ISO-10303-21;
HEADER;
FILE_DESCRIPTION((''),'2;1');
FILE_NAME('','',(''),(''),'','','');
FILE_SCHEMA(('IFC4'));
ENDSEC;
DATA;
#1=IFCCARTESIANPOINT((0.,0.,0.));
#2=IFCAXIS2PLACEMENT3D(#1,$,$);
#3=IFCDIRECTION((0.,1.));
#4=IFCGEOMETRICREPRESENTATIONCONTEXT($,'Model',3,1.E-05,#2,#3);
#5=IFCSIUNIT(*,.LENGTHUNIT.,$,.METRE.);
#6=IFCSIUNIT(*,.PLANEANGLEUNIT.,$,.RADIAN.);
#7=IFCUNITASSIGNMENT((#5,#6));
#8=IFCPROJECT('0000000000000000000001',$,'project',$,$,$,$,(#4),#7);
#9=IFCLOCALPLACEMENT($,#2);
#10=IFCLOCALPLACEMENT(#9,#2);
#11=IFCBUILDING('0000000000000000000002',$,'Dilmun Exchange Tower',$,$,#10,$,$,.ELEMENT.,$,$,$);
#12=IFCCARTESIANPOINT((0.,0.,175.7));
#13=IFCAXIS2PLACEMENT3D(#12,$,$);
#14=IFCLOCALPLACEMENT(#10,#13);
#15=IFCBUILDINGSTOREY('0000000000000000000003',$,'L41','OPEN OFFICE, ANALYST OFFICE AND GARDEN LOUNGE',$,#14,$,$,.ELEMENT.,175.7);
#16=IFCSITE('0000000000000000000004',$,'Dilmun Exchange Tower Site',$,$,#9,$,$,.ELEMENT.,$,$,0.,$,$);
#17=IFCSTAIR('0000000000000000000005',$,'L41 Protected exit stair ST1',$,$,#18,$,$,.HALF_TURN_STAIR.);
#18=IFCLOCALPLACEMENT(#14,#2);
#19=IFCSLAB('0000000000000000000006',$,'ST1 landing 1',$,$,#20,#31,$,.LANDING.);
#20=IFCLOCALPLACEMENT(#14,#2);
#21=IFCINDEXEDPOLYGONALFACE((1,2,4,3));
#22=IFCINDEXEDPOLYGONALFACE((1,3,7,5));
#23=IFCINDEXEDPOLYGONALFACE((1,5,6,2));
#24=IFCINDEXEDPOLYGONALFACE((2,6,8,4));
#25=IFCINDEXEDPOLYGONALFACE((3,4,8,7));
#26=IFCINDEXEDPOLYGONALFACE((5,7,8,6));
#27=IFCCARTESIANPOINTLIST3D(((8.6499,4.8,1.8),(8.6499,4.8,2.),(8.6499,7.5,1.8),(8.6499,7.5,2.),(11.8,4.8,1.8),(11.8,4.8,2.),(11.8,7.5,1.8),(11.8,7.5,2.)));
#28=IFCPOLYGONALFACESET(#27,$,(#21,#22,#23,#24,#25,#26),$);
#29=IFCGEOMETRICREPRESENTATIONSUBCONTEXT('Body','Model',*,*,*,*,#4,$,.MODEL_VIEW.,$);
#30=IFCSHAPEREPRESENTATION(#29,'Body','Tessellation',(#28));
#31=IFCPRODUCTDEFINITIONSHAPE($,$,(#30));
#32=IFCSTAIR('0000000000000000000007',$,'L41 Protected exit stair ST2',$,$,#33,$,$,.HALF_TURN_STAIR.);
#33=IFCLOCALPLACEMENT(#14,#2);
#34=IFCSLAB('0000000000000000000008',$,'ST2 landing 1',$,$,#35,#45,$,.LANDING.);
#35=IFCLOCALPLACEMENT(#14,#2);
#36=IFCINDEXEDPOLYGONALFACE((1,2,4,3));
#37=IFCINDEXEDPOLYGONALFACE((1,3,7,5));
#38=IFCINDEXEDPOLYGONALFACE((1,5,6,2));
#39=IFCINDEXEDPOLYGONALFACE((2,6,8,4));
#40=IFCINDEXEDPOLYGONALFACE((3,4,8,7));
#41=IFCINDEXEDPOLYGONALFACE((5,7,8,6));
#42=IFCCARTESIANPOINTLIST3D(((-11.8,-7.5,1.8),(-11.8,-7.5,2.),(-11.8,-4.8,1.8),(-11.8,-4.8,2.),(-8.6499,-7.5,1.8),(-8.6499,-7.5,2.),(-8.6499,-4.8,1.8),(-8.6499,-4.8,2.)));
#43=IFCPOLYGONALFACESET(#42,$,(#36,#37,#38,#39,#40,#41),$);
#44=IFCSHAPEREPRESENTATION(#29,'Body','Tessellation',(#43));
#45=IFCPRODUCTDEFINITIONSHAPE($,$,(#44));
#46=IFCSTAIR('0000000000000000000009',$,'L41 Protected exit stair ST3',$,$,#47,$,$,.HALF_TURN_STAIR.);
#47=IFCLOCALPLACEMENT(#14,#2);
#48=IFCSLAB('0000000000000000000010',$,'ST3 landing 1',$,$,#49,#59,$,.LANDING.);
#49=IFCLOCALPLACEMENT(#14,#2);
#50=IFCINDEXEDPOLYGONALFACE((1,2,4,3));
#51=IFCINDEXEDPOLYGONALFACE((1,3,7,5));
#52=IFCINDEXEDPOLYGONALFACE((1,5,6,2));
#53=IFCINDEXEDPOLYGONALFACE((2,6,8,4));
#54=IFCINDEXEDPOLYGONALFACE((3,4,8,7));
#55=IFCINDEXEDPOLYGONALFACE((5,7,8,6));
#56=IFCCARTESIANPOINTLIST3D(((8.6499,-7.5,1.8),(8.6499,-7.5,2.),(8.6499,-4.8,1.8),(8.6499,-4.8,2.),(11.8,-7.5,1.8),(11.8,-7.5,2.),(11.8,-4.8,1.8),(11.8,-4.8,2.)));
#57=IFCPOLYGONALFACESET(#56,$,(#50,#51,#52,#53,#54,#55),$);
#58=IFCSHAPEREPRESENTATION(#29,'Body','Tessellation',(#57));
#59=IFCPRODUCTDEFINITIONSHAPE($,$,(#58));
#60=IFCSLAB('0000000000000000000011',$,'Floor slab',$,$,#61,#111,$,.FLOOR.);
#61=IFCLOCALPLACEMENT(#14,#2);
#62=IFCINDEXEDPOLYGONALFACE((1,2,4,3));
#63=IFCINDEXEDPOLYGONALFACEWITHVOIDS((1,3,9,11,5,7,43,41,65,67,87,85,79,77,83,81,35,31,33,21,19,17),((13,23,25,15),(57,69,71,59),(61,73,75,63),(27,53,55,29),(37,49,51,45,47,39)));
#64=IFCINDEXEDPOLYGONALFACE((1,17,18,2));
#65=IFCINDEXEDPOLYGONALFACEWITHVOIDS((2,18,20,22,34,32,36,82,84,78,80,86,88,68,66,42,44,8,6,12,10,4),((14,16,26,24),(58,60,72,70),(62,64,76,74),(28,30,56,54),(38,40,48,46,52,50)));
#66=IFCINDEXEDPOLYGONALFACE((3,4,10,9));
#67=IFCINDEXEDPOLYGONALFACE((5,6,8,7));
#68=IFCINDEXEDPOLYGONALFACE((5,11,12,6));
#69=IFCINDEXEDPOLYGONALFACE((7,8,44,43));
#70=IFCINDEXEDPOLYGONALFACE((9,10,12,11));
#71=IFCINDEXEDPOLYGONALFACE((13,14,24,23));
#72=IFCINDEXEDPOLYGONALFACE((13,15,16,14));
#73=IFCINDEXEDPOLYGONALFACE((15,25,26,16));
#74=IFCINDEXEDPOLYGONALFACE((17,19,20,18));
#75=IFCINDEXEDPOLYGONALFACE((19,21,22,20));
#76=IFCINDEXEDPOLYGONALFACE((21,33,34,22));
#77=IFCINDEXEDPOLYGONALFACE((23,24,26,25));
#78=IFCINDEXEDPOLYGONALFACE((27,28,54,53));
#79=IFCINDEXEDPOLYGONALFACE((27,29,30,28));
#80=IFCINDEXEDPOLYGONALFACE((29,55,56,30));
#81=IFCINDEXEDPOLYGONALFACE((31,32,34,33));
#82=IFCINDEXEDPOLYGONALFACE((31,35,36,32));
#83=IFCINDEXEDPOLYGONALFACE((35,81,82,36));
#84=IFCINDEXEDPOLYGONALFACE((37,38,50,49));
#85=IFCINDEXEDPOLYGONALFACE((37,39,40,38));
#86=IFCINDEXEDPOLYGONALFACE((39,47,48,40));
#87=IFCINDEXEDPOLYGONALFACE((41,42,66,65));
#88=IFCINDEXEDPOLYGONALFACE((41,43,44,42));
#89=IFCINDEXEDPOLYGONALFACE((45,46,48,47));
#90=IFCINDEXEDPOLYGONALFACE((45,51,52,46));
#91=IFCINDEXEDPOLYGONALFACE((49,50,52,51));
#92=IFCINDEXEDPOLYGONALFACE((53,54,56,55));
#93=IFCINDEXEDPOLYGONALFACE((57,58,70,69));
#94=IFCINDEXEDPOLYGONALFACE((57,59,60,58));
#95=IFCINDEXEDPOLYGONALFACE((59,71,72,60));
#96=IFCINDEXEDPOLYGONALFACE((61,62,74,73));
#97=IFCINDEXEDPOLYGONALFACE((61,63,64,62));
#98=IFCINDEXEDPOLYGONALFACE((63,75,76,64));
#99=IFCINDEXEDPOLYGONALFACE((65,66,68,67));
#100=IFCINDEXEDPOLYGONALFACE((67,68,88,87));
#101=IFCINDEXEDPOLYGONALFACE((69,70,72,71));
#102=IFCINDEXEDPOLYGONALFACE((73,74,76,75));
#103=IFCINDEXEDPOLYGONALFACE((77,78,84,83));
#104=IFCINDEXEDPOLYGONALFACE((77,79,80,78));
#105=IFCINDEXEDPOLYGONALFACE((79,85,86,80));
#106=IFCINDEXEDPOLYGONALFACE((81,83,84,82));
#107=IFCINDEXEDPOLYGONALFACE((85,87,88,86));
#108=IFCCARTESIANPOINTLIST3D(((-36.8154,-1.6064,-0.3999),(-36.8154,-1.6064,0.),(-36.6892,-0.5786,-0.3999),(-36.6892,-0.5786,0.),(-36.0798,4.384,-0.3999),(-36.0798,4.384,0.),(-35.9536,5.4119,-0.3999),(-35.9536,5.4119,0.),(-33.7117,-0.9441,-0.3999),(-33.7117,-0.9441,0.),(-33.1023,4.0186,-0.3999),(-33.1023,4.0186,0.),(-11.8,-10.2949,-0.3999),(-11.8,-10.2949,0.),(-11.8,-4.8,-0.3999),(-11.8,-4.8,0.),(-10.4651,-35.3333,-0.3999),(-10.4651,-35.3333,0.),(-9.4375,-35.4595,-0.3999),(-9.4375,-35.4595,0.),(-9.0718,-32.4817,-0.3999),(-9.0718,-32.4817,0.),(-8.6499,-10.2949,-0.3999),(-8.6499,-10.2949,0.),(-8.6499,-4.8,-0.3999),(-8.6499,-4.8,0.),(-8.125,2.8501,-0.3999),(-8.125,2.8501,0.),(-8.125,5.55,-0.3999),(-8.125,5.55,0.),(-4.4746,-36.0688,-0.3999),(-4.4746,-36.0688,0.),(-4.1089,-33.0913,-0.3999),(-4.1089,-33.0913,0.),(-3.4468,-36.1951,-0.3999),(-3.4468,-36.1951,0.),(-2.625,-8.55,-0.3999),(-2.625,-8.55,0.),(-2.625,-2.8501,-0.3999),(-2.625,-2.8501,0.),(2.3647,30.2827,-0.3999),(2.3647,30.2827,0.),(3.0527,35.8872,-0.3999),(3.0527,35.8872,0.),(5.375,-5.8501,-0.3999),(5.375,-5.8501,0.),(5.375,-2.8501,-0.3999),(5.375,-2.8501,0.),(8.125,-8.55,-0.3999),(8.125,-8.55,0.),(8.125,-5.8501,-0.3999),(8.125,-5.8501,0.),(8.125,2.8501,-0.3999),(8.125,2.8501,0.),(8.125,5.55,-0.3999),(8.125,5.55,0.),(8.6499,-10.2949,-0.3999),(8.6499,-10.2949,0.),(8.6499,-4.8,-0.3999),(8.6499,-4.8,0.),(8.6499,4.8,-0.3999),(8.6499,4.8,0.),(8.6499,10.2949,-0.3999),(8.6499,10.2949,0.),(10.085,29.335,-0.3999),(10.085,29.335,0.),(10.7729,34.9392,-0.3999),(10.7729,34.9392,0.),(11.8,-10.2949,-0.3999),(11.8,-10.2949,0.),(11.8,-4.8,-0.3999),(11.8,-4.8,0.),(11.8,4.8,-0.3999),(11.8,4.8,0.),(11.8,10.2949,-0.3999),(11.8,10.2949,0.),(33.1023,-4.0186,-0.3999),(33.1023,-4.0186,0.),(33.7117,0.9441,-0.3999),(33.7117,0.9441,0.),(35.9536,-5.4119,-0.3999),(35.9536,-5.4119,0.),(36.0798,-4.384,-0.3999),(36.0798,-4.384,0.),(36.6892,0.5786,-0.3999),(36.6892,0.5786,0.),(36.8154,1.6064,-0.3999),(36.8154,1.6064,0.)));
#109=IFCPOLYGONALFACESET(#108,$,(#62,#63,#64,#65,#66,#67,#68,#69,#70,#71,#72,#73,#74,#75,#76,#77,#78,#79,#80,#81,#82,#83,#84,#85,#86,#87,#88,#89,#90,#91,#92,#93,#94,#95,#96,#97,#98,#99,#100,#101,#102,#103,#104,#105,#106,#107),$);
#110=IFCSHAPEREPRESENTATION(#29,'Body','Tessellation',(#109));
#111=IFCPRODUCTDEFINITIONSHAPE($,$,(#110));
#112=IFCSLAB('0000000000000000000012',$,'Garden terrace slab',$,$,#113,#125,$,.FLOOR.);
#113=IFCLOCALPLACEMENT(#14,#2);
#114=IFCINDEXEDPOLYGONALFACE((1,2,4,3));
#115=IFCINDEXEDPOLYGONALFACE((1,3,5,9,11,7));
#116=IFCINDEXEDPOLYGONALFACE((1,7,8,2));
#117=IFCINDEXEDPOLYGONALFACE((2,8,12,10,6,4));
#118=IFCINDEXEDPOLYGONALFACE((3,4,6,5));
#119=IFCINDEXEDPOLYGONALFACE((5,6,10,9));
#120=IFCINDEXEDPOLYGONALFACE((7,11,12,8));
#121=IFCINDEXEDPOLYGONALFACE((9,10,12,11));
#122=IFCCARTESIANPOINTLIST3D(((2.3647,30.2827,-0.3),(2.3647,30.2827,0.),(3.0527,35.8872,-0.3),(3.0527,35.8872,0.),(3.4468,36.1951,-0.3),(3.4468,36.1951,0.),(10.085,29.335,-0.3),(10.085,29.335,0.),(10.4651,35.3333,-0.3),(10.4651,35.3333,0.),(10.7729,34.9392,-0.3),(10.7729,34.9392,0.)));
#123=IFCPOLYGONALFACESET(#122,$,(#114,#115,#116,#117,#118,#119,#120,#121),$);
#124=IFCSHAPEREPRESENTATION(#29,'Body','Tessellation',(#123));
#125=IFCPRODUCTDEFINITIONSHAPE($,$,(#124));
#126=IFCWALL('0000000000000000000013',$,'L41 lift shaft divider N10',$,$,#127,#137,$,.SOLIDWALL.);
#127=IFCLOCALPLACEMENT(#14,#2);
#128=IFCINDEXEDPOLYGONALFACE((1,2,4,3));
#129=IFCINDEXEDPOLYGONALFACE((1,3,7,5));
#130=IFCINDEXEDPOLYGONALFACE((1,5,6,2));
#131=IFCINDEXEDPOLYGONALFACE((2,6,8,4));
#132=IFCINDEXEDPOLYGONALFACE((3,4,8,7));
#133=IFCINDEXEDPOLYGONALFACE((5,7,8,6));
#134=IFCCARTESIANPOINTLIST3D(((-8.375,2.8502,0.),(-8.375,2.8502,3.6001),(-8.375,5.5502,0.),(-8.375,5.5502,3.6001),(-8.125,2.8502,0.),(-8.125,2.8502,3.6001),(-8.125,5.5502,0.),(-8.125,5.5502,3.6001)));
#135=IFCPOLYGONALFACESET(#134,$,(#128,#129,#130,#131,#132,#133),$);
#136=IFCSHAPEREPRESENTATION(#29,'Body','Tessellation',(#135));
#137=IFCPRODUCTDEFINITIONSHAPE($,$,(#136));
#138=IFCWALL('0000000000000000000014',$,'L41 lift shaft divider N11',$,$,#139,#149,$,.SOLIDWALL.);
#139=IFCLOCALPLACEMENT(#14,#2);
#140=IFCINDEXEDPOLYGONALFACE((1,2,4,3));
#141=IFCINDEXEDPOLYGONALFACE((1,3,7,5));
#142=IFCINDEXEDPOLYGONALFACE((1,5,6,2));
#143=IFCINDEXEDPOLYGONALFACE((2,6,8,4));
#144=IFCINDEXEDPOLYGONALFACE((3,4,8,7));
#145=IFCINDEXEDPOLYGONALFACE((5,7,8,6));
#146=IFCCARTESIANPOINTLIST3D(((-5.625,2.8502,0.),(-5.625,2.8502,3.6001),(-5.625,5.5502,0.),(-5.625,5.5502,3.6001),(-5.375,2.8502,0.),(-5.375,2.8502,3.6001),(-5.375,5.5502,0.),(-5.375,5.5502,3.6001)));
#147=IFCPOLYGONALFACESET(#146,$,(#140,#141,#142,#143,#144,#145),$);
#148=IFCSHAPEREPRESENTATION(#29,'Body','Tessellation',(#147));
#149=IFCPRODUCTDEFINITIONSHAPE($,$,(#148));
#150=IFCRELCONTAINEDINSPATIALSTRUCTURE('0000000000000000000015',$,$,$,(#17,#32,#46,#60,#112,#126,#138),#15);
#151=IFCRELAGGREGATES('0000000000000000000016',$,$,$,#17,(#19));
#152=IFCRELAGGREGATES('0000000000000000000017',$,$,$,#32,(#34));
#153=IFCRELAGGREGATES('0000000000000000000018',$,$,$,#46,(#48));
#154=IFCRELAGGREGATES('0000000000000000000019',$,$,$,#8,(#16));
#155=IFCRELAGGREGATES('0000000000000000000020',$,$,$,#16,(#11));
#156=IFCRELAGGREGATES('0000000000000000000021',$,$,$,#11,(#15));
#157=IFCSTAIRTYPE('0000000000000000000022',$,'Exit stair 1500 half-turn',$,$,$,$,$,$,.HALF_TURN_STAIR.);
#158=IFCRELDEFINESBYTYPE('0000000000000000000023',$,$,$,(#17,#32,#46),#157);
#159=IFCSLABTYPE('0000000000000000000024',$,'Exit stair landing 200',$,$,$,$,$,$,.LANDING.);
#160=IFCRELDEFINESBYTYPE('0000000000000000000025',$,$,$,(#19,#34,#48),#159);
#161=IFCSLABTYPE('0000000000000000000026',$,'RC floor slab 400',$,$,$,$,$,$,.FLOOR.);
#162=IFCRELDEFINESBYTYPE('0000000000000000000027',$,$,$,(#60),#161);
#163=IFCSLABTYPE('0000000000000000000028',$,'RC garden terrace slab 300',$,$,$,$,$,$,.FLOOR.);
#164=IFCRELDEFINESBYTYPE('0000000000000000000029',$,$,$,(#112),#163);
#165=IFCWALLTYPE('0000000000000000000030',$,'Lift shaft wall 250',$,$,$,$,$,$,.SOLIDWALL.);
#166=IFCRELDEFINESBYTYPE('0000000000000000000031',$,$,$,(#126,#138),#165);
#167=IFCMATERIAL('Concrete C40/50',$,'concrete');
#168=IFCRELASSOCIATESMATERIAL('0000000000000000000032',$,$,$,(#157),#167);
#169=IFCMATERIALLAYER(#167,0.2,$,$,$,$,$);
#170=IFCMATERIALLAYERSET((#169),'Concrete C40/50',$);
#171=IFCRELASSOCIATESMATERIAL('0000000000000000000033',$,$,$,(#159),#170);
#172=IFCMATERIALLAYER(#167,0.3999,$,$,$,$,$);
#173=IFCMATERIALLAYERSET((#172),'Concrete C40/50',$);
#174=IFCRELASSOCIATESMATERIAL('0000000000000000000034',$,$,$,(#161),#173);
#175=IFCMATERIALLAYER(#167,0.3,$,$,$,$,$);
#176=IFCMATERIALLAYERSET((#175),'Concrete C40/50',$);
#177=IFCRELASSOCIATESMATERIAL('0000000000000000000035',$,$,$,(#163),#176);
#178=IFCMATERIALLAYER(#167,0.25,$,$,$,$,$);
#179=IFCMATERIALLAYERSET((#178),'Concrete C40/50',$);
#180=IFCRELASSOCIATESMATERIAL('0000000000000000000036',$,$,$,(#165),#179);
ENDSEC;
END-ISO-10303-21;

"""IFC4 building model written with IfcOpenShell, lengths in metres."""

from ifc_helpers import new_model, si_unit, direction, frame, frame_2d, origin, place, context, subcontext, project, spatial, polyline, rectangle, outline, extrude, material, layer, layer_set, type_object, element, aggregate, save


model = new_model("IFC4")

# Units and contexts
model_context = context("Model", 3, precision=1e-05, world=origin(), true_north=direction((0.0, 1.0)))
body_context = subcontext(model_context, "Body", "Model", "MODEL_VIEW")
ifc_project = project(units=[si_unit("LENGTHUNIT", "METRE"), si_unit("PLANEANGLEUNIT", "RADIAN")], contexts=[model_context])

# Site, building, storey
site_placement = place(None, origin())
site = spatial("IfcSite", under=ifc_project, at=site_placement, Name="Dilmun Exchange Tower Site", CompositionType="ELEMENT", RefElevation=0.0)
building_placement = place(site_placement, origin())
building = spatial("IfcBuilding", under=site, at=building_placement, Name="Dilmun Exchange Tower", CompositionType="ELEMENT")
storey_placement = place(building_placement, frame((0.0, 0.0, 175.7)))
storey = spatial("IfcBuildingStorey", under=building, at=storey_placement, Name="L41", Description="OPEN OFFICE, ANALYST OFFICE AND GARDEN LOUNGE", CompositionType="ELEMENT", Elevation=175.7)

# Stairs, slabs
ifc_material_1 = material(Name="Concrete C40/50", Category="concrete")
stair_type = type_object("IfcStairType", Name="Exit stair 1500 half-turn", PredefinedType="HALF_TURN_STAIR", material=ifc_material_1)
stair_1_placement = place(storey_placement, origin())
stair_1 = element("IfcStair", 1, at=stair_1_placement, inside=storey, type_object=stair_type, Name="L41 Protected exit stair ST1", PredefinedType="HALF_TURN_STAIR")
ifc_layer_1 = layer(ifc_material_1, 0.2)
ifc_layer_set_1 = layer_set([ifc_layer_1], Name="Concrete C40/50")
slab_type_1 = type_object("IfcSlabType", Name="Exit stair landing 200", PredefinedType="LANDING", material=ifc_layer_set_1)
slab_1_placement = place(storey_placement, frame((0.0, 0.0, 1.8)))
slab_1 = element("IfcSlab", 2, at=slab_1_placement, type_object=slab_type_1, Name="ST1 landing 1", PredefinedType="LANDING", context=body_context, shape_type="SweptSolid", body=[
    extrude(outline(polyline([(8.6499, 7.5), (8.6499, 4.8), (11.8, 4.8), (11.8, 7.5), (8.6499, 7.5)])), origin(), (0.0, 0.0, 1.0), 0.2),
])
aggregate(stair_1, [slab_1])
stair_2_placement = place(storey_placement, origin())
stair_2 = element("IfcStair", 3, at=stair_2_placement, inside=storey, type_object=stair_type, Name="L41 Protected exit stair ST2", PredefinedType="HALF_TURN_STAIR")
slab_2_placement = place(storey_placement, frame((0.0, 0.0, 1.8)))
slab_2 = element("IfcSlab", 4, at=slab_2_placement, type_object=slab_type_1, Name="ST2 landing 1", PredefinedType="LANDING", context=body_context, shape_type="SweptSolid", body=[
    extrude(outline(polyline([(-8.6499, -7.5), (-8.6499, -4.8), (-11.8, -4.8), (-11.8, -7.5), (-8.6499, -7.5)])), origin(), (0.0, 0.0, 1.0), 0.2),
])
aggregate(stair_2, [slab_2])
stair_3_placement = place(storey_placement, origin())
stair_3 = element("IfcStair", 5, at=stair_3_placement, inside=storey, type_object=stair_type, Name="L41 Protected exit stair ST3", PredefinedType="HALF_TURN_STAIR")
slab_3_placement = place(storey_placement, frame((0.0, 0.0, 1.8)))
slab_3 = element("IfcSlab", 6, at=slab_3_placement, type_object=slab_type_1, Name="ST3 landing 1", PredefinedType="LANDING", context=body_context, shape_type="SweptSolid", body=[
    extrude(outline(polyline([(11.8, -7.5), (11.8, -4.8), (8.6499, -4.8), (8.6499, -7.5), (11.8, -7.5)])), origin(), (0.0, 0.0, 1.0), 0.2),
])
aggregate(stair_3, [slab_3])

# Slabs
ifc_layer_2 = layer(ifc_material_1, 0.3999)
ifc_layer_set_2 = layer_set([ifc_layer_2], Name="Concrete C40/50")
slab_type_2 = type_object("IfcSlabType", Name="RC floor slab 400", PredefinedType="FLOOR", material=ifc_layer_set_2)
slab_4_placement = place(storey_placement, frame((0.0, 0.0, -0.3999)))
element("IfcSlab", 7, at=slab_4_placement, inside=storey, type_object=slab_type_2, Name="Floor slab", PredefinedType="FLOOR", context=body_context, shape_type="SweptSolid", body=[
    extrude(outline(polyline([(36.6892, 0.5786), (33.7117, 0.9441), (33.1023, -4.0186), (36.0798, -4.384), (35.9536, -5.4119), (-3.4468, -36.1951), (-4.4746, -36.0688), (-4.1089, -33.0913), (-9.0718, -32.4817), (-9.4375, -35.4595), (-10.4651, -35.3333), (-36.8154, -1.6064), (-36.6892, -0.5786), (-33.7117, -0.9441), (-33.1023, 4.0186), (-36.0798, 4.384), (-35.9536, 5.4119), (3.0527, 35.8872), (2.3647, 30.2827), (10.085, 29.335), (10.7729, 34.9392), (36.8154, 1.6064), (36.6892, 0.5786)]), holes=[polyline([(-8.6499, -4.8), (-11.8, -4.8), (-11.8, -10.2949), (-8.6499, -10.2949), (-8.6499, -4.8)]), polyline([(11.8, -4.8), (8.6499, -4.8), (8.6499, -10.2949), (11.8, -10.2949), (11.8, -4.8)]), polyline([(5.375, -2.8501), (-2.625, -2.8501), (-2.625, -8.55), (8.125, -8.55), (8.125, -5.8501), (5.375, -5.8501), (5.375, -2.8501)]), polyline([(8.125, 2.8501), (8.125, 5.55), (-8.125, 5.55), (-8.125, 2.8501), (8.125, 2.8501)]), polyline([(8.6499, 10.2949), (8.6499, 4.8), (11.8, 4.8), (11.8, 10.2949), (8.6499, 10.2949)])]), origin(), (0.0, 0.0, 1.0), 0.3999),
])
ifc_layer_3 = layer(ifc_material_1, 0.3)
ifc_layer_set_3 = layer_set([ifc_layer_3], Name="Concrete C40/50")
slab_type_3 = type_object("IfcSlabType", Name="RC garden terrace slab 300", PredefinedType="FLOOR", material=ifc_layer_set_3)
slab_5_placement = place(storey_placement, frame((0.0, 0.0, -0.3)))
element("IfcSlab", 8, at=slab_5_placement, inside=storey, type_object=slab_type_3, Name="Garden terrace slab", PredefinedType="FLOOR", context=body_context, shape_type="SweptSolid", body=[
    extrude(outline(polyline([(2.3647, 30.2827), (3.0527, 35.8872), (3.4468, 36.1951), (10.4651, 35.3333), (10.7729, 34.9392), (10.085, 29.335), (2.3647, 30.2827)])), origin(), (0.0, 0.0, 1.0), 0.3),
])

# Walls
ifc_layer_4 = layer(ifc_material_1, 0.25)
ifc_layer_set_4 = layer_set([ifc_layer_4], Name="Concrete C40/50")
wall_type = type_object("IfcWallType", Name="Lift shaft wall 250", PredefinedType="SOLIDWALL", material=ifc_layer_set_4)
for number, where, z_axis, x_axis, name in (
    (9, (-8.25, 2.8501, 0.0), (0.0, 0.0, 1.0), (0.0, 1.0, 0.0), "L41 lift shaft divider N10"),
    (10, (-5.5, 2.8501, 0.0), (0.0, 0.0, 1.0), (0.0, 1.0, 0.0), "L41 lift shaft divider N11"),
):
    element("IfcWall", number, at=place(storey_placement, frame(where, z_axis=z_axis, x_axis=x_axis)), inside=storey, type_object=wall_type, Name=name, PredefinedType="SOLIDWALL", context=body_context, shape_type="SweptSolid", body=[
        extrude(rectangle(XDim=2.7, YDim=0.25, at=frame_2d((1.3501, 0.0))), origin(), (0.0, 0.0, 1.0), 3.6001),
    ])

save(model, "model.ifc")
